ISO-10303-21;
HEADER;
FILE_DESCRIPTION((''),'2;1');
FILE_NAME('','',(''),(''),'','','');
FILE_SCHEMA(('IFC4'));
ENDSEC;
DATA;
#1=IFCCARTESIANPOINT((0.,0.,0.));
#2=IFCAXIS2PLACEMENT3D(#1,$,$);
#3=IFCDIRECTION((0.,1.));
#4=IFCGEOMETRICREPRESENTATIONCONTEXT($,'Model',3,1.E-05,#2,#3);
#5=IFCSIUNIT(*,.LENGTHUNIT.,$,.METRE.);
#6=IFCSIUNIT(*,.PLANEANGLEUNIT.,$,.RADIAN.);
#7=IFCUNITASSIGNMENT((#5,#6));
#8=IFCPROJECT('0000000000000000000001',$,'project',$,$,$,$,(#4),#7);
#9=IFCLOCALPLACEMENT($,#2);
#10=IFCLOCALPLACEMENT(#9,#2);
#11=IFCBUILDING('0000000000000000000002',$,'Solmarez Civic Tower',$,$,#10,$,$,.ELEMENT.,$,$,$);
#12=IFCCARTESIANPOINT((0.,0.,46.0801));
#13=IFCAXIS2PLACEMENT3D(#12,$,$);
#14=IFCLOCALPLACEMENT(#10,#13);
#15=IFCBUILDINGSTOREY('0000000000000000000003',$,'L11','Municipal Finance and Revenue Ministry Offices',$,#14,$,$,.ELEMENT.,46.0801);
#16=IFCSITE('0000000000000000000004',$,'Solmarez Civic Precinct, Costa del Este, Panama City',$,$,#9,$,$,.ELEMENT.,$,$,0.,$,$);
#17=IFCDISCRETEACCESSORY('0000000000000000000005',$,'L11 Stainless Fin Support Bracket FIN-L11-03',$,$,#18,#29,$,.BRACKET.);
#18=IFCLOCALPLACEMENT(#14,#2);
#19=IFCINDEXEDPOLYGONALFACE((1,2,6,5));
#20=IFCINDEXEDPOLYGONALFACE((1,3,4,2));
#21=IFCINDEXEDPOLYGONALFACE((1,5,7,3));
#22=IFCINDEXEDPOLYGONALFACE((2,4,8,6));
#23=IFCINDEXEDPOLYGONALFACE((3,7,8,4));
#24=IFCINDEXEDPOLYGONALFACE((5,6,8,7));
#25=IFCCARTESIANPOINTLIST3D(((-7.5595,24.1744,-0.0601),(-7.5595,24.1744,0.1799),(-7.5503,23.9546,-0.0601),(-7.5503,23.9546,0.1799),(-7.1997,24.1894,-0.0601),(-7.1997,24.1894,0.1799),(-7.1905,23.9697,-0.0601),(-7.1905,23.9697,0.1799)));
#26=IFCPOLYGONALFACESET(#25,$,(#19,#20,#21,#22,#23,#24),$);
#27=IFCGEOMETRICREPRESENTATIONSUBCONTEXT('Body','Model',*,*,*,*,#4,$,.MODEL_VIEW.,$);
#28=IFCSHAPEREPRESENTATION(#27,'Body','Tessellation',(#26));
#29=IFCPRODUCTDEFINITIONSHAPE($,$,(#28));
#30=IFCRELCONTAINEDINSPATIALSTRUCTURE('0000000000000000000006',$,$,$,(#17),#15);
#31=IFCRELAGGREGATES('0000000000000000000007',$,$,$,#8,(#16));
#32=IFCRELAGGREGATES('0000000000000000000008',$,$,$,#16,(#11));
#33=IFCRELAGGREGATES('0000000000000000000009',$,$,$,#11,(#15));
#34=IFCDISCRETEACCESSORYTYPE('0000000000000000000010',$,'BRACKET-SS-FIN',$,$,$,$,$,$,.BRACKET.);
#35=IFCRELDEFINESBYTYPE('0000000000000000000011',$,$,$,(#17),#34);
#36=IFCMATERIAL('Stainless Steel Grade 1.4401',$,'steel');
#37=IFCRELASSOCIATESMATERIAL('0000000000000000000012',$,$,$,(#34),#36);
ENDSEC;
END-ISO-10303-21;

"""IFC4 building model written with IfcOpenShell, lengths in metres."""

from ifc_helpers import new_model, si_unit, direction, frame, origin, origin_2d, place, context, subcontext, project, spatial, rectangle, extrude, material, type_object, element, save


model = new_model("IFC4")

# Units and contexts
model_context = context("Model", 3, precision=1e-05, world=origin(), true_north=direction((0.0, 1.0)))
body_context = subcontext(model_context, "Body", "Model", "MODEL_VIEW")
ifc_project = project(units=[si_unit("LENGTHUNIT", "METRE"), si_unit("PLANEANGLEUNIT", "RADIAN")], contexts=[model_context])

# Site, building, storey
site_placement = place(None, origin())
site = spatial("IfcSite", under=ifc_project, at=site_placement, Name="Solmarez Civic Precinct, Costa del Este, Panama City", CompositionType="ELEMENT", RefElevation=0.0)
building_placement = place(site_placement, origin())
building = spatial("IfcBuilding", under=site, at=building_placement, Name="Solmarez Civic Tower", CompositionType="ELEMENT")
storey_placement = place(building_placement, frame((0.0, 0.0, 46.0801)))
storey = spatial("IfcBuildingStorey", under=building, at=storey_placement, Name="L11", Description="Municipal Finance and Revenue Ministry Offices", CompositionType="ELEMENT", Elevation=46.0801)

# Discrete accessory
ifc_material_1 = material(Name="Stainless Steel Grade 1.4401", Category="steel")
discrete_accessory_type = type_object("IfcDiscreteAccessoryType", Name="BRACKET-SS-FIN", PredefinedType="BRACKET", material=ifc_material_1)
discrete_accessory_placement = place(storey_placement, frame((-7.375, 24.072, -0.0601), z_axis=(0.0, 0.0, 1.0), x_axis=(-0.999124, -0.041858, 0.0)))
element("IfcDiscreteAccessory", 1, at=discrete_accessory_placement, inside=storey, type_object=discrete_accessory_type, Name="L11 Stainless Fin Support Bracket FIN-L11-03", PredefinedType="BRACKET", context=body_context, shape_type="SweptSolid", body=[
    extrude(rectangle(XDim=0.3601, YDim=0.22, at=origin_2d()), origin(), (0.0, 0.0, 1.0), 0.24),
])

save(model, "model.ifc")
